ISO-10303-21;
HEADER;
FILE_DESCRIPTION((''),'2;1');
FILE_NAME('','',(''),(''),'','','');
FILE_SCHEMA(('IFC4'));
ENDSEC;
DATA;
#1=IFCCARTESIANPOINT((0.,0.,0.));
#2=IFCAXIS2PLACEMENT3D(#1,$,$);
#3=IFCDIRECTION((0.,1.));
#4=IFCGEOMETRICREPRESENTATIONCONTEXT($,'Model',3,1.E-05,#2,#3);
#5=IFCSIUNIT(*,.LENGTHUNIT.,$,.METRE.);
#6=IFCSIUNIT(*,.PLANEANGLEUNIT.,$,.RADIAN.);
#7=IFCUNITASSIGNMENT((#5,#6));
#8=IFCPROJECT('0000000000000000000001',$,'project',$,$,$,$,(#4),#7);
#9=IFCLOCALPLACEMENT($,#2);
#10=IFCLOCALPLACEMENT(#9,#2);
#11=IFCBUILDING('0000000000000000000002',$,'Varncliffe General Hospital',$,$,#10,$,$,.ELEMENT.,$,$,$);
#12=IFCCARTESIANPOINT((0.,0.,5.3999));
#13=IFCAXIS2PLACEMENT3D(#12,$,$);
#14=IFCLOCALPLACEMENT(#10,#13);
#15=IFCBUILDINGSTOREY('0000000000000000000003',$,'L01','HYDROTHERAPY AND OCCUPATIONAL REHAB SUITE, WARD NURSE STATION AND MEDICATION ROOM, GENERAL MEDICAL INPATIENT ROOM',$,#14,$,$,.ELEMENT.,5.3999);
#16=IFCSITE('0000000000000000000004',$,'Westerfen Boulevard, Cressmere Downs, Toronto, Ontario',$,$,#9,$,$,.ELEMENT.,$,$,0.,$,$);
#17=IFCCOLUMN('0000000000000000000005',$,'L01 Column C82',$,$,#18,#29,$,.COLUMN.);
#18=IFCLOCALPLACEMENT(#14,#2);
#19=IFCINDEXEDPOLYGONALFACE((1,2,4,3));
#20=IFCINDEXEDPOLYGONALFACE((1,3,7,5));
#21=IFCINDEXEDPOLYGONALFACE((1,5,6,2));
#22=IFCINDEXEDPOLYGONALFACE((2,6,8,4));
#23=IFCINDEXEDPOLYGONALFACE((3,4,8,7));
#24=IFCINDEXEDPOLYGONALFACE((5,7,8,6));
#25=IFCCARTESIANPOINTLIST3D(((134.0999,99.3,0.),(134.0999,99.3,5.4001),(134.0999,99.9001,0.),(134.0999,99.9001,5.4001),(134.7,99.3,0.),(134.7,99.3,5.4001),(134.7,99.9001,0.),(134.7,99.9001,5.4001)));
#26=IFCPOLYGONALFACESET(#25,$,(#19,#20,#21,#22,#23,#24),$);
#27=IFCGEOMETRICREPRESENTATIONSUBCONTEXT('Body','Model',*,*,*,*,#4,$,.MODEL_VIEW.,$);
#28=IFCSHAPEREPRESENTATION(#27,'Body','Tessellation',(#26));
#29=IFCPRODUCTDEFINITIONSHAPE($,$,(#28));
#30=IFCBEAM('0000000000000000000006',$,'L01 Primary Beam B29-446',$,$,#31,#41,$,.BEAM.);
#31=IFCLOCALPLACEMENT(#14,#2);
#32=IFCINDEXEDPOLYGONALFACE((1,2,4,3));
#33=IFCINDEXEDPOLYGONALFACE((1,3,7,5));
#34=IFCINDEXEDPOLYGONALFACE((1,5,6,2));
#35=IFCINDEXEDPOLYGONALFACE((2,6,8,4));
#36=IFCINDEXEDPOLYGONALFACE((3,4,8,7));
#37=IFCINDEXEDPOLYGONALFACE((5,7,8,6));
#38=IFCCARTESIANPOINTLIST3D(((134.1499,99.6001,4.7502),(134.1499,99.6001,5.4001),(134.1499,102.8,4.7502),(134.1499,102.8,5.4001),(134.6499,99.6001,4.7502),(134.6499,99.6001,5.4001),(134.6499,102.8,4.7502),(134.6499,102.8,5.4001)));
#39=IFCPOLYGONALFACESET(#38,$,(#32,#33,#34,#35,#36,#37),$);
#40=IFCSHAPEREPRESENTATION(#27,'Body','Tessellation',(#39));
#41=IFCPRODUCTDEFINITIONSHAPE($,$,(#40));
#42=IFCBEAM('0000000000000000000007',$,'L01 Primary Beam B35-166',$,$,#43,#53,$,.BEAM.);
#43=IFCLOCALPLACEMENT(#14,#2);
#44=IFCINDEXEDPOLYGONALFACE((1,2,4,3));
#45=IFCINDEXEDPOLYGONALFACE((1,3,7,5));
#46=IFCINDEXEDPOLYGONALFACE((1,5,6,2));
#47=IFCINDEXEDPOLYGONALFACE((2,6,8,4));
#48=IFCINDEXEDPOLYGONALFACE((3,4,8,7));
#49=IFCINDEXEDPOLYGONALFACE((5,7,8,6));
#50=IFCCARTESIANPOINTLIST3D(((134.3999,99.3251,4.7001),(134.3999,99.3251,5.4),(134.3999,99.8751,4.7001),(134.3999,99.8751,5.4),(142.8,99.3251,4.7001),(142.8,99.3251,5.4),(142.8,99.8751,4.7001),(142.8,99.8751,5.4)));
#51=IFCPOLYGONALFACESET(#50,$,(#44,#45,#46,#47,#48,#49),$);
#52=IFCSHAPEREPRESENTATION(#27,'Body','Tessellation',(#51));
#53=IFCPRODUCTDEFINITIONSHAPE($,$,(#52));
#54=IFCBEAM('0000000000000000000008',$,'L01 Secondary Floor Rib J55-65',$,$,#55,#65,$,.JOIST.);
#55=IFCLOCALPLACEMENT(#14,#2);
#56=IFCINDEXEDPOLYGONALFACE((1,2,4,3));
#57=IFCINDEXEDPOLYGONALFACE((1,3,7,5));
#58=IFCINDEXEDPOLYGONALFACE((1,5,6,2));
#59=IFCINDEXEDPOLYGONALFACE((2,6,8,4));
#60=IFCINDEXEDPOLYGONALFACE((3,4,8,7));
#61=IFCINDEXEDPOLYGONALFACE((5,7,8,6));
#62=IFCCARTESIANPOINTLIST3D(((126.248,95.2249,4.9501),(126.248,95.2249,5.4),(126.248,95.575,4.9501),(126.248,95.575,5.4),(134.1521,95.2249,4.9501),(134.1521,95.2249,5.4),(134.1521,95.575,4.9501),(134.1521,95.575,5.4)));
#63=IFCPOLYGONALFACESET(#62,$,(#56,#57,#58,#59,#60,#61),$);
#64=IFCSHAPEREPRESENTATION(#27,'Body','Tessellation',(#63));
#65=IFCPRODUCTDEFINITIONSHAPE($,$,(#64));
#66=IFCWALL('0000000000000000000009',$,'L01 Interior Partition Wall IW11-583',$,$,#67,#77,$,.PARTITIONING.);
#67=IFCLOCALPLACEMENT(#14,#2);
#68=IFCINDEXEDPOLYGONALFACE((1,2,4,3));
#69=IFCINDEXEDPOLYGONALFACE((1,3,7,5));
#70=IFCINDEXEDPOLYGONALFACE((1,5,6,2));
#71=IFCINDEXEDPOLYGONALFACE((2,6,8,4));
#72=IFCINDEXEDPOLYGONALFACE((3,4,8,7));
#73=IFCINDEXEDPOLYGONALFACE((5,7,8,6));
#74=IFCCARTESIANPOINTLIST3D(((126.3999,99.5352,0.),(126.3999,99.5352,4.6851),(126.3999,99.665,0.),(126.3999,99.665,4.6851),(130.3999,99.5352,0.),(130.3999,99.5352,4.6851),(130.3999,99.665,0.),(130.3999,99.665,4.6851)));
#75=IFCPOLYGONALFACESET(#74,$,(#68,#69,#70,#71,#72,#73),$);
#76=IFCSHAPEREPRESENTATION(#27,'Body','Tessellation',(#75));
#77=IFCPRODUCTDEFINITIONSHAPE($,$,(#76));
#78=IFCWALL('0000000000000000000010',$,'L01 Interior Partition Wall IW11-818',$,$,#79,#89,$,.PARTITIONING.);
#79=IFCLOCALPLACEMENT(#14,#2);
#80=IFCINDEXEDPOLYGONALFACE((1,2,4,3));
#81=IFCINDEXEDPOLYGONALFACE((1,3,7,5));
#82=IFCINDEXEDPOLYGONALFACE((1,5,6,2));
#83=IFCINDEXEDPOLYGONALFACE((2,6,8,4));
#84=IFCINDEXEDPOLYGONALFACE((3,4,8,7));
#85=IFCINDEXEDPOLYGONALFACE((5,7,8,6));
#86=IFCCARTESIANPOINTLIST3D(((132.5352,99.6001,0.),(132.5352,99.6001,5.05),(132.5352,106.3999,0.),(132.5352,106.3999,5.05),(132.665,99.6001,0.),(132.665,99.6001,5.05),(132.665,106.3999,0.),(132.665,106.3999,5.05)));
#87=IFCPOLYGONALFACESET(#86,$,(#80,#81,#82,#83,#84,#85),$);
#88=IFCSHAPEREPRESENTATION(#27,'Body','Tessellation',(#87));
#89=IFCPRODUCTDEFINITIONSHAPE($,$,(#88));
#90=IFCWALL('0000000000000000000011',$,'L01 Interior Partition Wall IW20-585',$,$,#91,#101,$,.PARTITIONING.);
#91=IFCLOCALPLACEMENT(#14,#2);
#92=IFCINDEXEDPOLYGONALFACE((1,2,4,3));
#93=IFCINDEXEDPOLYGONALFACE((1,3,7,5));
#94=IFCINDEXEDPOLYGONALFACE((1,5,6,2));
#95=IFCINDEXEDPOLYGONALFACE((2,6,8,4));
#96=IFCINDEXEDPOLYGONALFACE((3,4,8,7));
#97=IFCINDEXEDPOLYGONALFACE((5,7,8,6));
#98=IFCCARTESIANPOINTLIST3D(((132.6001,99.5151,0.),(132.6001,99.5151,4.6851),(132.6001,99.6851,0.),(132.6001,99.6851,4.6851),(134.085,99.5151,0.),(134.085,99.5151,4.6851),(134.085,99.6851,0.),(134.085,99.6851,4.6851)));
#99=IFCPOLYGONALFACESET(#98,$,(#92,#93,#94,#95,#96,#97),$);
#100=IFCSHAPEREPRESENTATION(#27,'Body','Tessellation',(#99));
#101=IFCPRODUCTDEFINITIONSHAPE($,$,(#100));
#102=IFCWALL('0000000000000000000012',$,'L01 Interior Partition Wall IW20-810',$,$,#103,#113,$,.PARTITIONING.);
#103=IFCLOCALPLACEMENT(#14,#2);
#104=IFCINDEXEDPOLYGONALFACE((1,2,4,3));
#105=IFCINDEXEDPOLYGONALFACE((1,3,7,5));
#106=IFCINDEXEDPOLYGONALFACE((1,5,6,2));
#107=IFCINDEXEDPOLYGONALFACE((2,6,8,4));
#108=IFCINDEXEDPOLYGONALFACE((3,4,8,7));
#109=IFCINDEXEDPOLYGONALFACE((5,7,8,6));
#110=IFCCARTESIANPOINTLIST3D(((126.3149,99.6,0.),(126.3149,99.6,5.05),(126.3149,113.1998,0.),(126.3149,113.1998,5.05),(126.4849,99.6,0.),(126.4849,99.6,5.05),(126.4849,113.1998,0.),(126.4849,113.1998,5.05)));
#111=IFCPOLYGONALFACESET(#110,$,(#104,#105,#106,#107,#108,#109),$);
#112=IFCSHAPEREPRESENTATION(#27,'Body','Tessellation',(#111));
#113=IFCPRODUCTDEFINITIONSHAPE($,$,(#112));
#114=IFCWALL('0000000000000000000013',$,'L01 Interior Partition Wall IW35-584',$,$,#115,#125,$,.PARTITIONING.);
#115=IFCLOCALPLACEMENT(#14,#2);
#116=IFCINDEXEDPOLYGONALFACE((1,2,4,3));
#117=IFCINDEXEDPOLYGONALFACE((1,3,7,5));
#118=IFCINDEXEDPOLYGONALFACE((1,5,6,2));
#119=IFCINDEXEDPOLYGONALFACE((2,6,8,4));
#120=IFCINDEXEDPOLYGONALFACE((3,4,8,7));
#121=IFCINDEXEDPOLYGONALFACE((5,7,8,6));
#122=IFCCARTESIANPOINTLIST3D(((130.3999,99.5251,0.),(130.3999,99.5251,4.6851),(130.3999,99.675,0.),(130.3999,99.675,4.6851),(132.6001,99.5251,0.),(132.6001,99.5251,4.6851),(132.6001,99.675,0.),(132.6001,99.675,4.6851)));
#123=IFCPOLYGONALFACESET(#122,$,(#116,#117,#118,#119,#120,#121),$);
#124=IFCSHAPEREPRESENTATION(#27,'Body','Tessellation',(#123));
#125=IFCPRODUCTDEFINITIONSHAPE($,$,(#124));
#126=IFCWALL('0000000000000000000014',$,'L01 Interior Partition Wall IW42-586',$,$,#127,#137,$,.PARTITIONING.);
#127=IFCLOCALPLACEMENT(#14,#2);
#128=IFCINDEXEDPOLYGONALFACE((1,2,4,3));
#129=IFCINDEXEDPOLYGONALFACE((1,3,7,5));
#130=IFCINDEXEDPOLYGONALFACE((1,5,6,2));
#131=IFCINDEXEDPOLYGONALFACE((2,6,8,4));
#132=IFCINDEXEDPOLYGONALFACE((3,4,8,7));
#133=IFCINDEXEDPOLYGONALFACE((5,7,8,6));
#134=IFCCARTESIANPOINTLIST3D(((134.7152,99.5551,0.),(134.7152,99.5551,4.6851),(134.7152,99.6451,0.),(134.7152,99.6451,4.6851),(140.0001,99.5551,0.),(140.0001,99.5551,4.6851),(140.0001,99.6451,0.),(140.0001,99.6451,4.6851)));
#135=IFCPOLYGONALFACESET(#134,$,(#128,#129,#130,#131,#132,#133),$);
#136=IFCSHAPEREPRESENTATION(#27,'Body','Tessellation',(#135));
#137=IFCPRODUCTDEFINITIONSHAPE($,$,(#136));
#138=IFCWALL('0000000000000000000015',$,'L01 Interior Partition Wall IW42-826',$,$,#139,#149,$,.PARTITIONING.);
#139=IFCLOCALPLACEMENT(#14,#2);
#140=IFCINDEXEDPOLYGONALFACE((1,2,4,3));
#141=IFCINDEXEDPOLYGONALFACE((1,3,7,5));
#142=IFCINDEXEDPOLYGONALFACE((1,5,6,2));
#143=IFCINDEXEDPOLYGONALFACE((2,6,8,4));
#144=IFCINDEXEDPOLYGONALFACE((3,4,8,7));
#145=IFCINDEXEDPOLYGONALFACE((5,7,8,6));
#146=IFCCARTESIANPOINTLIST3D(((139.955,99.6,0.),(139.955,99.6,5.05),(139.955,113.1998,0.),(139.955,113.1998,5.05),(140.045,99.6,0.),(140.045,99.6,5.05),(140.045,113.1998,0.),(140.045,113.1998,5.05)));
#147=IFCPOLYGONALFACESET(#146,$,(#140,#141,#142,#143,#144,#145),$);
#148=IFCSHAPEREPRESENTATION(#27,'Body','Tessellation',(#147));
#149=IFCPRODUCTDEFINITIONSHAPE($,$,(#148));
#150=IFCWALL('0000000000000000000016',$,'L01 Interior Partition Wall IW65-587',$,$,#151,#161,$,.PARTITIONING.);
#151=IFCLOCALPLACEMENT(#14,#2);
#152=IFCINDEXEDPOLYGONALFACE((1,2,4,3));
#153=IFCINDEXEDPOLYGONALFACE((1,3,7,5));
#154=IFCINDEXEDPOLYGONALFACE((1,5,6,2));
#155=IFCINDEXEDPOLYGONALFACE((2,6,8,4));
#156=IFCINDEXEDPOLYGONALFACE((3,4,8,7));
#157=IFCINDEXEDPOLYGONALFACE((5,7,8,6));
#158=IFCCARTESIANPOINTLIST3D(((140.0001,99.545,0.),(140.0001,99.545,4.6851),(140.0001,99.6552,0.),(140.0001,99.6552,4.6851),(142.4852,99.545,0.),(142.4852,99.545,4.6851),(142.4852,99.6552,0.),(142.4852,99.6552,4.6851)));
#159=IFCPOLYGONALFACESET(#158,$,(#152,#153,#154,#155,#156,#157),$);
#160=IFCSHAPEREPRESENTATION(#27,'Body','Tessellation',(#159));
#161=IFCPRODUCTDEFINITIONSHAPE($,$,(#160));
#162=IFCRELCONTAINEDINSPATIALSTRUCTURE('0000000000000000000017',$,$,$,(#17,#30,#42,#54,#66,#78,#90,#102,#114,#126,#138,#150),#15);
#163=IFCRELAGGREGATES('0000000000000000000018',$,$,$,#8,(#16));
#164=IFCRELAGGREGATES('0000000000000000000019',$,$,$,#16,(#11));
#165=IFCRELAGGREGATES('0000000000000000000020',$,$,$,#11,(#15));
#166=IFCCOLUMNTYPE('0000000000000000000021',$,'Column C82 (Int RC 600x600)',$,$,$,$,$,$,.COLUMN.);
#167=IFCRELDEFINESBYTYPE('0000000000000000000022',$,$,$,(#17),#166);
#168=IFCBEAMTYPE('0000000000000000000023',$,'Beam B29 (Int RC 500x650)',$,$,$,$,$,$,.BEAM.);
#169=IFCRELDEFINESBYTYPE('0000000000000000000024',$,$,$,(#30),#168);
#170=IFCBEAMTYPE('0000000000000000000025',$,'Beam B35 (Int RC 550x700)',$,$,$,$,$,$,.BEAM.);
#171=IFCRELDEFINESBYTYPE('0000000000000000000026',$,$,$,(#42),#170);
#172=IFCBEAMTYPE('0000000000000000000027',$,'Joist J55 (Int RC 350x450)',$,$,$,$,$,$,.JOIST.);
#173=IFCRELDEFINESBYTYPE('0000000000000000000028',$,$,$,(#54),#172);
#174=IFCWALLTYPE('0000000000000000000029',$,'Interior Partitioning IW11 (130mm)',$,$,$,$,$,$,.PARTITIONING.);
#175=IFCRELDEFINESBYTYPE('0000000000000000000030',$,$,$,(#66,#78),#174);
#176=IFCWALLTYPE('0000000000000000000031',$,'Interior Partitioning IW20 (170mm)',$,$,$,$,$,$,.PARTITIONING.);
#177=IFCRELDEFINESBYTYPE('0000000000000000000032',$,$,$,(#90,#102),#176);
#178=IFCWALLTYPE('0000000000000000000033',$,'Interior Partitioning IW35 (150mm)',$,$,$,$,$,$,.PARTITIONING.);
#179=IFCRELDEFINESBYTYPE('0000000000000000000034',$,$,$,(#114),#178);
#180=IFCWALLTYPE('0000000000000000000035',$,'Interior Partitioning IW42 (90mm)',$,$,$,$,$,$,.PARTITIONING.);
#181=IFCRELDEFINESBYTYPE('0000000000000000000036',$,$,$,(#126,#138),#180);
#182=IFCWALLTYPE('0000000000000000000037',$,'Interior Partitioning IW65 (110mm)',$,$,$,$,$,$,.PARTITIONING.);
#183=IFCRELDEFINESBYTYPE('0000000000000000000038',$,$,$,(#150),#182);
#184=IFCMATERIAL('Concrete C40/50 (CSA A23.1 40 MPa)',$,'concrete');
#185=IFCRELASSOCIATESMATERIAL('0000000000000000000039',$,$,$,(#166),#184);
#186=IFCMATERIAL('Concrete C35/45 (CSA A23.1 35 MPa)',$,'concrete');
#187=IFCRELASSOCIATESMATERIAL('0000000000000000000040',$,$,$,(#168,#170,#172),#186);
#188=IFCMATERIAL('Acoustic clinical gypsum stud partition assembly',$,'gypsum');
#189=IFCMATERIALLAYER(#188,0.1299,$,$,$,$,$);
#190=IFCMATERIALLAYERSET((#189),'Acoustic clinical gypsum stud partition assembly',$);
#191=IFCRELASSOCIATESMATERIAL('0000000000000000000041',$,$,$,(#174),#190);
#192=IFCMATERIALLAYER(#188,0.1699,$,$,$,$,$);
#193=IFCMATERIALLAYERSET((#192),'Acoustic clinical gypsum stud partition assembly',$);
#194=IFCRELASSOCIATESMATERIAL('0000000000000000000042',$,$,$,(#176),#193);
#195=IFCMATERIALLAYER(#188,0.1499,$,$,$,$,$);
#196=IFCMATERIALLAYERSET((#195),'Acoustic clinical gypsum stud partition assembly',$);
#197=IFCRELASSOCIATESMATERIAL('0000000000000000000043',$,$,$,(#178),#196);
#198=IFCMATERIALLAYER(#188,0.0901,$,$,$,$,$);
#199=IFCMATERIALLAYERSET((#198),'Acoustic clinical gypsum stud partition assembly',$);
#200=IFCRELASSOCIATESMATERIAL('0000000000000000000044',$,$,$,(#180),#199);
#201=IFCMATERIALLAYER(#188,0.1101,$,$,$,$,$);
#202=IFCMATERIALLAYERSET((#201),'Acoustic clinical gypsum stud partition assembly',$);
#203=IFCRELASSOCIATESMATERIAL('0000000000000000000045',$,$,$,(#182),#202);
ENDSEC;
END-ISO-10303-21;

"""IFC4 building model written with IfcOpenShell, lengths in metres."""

from ifc_helpers import new_model, si_unit, direction, frame, frame_2d, origin, origin_2d, place, context, subcontext, project, spatial, rectangle, extrude, material, layer, layer_set, material_profile, profile_set, type_object, element, save


model = new_model("IFC4")

# Units and contexts
model_context = context("Model", 3, precision=1e-05, world=origin(), true_north=direction((0.0, 1.0)))
body_context = subcontext(model_context, "Body", "Model", "MODEL_VIEW")
ifc_project = project(units=[si_unit("LENGTHUNIT", "METRE"), si_unit("PLANEANGLEUNIT", "RADIAN")], contexts=[model_context])

# Site, building, storey
site_placement = place(None, origin())
site = spatial("IfcSite", under=ifc_project, at=site_placement, Name="Westerfen Boulevard, Cressmere Downs, Toronto, Ontario", CompositionType="ELEMENT", RefElevation=0.0)
building_placement = place(site_placement, origin())
building = spatial("IfcBuilding", under=site, at=building_placement, Name="Varncliffe General Hospital", CompositionType="ELEMENT")
storey_placement = place(building_placement, frame((0.0, 0.0, 5.3999)))
storey = spatial("IfcBuildingStorey", under=building, at=storey_placement, Name="L01", Description="HYDROTHERAPY AND OCCUPATIONAL REHAB SUITE, WARD NURSE STATION AND MEDICATION ROOM, GENERAL MEDICAL INPATIENT ROOM", CompositionType="ELEMENT", Elevation=5.3999)

# Column
ifc_material_1 = material(Name="Concrete C40/50 (CSA A23.1 40 MPa)", Category="concrete")
ifc_material_profile_1 = material_profile(ifc_material_1, rectangle(XDim=0.6001, YDim=0.6001, at=origin_2d()), Name="RC 600x600")
ifc_profile_set_1 = profile_set([ifc_material_profile_1], Name="Concrete C40/50 (CSA A23.1 40 MPa)")
column_type = type_object("IfcColumnType", Name="Column C82 (Int RC 600x600)", PredefinedType="COLUMN", material=ifc_profile_set_1)
column_placement = place(storey_placement, frame((134.3999, 99.6001, 0.0), z_axis=(0.0, 0.0, 1.0), x_axis=(1.0, 0.0, 0.0)))
element("IfcColumn", 1, at=column_placement, inside=storey, type_object=column_type, Name="L01 Column C82", PredefinedType="COLUMN", context=body_context, shape_type="SweptSolid", body=[
    extrude(rectangle(XDim=0.6001, YDim=0.6001, at=origin_2d()), origin(), (0.0, 0.0, 1.0), 5.4001),
])

# Beams
ifc_material_2 = material(Name="Concrete C35/45 (CSA A23.1 35 MPa)", Category="concrete")
ifc_material_profile_2 = material_profile(ifc_material_2, rectangle(XDim=0.5, YDim=0.6499, at=origin_2d()), Name="RC 500x650")
ifc_profile_set_2 = profile_set([ifc_material_profile_2], Name="Concrete C35/45 (CSA A23.1 35 MPa)")
beam_type_1 = type_object("IfcBeamType", Name="Beam B29 (Int RC 500x650)", PredefinedType="BEAM", material=ifc_profile_set_2)
beam_1_placement = place(storey_placement, frame((134.3999, 99.6001, 5.0752), z_axis=(0.0, 1.0, 0.0), x_axis=(-1.0, 0.0, 0.0)))
element("IfcBeam", 2, at=beam_1_placement, inside=storey, type_object=beam_type_1, Name="L01 Primary Beam B29-446", PredefinedType="BEAM", context=body_context, shape_type="SweptSolid", body=[
    extrude(rectangle(XDim=0.5, YDim=0.6499, at=origin_2d()), origin(), (0.0, 0.0, 1.0), 3.2),
])
ifc_material_profile_3 = material_profile(ifc_material_2, rectangle(XDim=0.55, YDim=0.7, at=origin_2d()), Name="RC 550x700")
ifc_profile_set_3 = profile_set([ifc_material_profile_3], Name="Concrete C35/45 (CSA A23.1 35 MPa)")
beam_type_2 = type_object("IfcBeamType", Name="Beam B35 (Int RC 550x700)", PredefinedType="BEAM", material=ifc_profile_set_3)
beam_2_placement = place(storey_placement, frame((134.3999, 99.6001, 5.05), z_axis=(1.0, 0.0, 0.0), x_axis=(0.0, 1.0, 0.0)))
element("IfcBeam", 3, at=beam_2_placement, inside=storey, type_object=beam_type_2, Name="L01 Primary Beam B35-166", PredefinedType="BEAM", context=body_context, shape_type="SweptSolid", body=[
    extrude(rectangle(XDim=0.55, YDim=0.7, at=origin_2d()), origin(), (0.0, 0.0, 1.0), 8.4001),
])
ifc_material_profile_4 = material_profile(ifc_material_2, rectangle(XDim=0.3501, YDim=0.45, at=origin_2d()), Name="RC 350x450")
ifc_profile_set_4 = profile_set([ifc_material_profile_4], Name="Concrete C35/45 (CSA A23.1 35 MPa)")
beam_type_3 = type_object("IfcBeamType", Name="Joist J55 (Int RC 350x450)", PredefinedType="JOIST", material=ifc_profile_set_4)
beam_3_placement = place(storey_placement, frame((126.248, 95.3999, 5.175), z_axis=(1.0, 0.0, 0.0), x_axis=(0.0, 1.0, 0.0)))
element("IfcBeam", 4, at=beam_3_placement, inside=storey, type_object=beam_type_3, Name="L01 Secondary Floor Rib J55-65", PredefinedType="JOIST", context=body_context, shape_type="SweptSolid", body=[
    extrude(rectangle(XDim=0.3501, YDim=0.45, at=origin_2d()), origin(), (0.0, 0.0, 1.0), 7.9041),
])

# Walls
ifc_material_3 = material(Name="Acoustic clinical gypsum stud partition assembly", Category="gypsum")
ifc_layer_1 = layer(ifc_material_3, 0.1299)
ifc_layer_set_1 = layer_set([ifc_layer_1], Name="Acoustic clinical gypsum stud partition assembly")
wall_type_1 = type_object("IfcWallType", Name="Interior Partitioning IW11 (130mm)", PredefinedType="PARTITIONING", material=ifc_layer_set_1)
wall_1_placement = place(storey_placement, frame((126.3999, 99.6001, 0.0), z_axis=(0.0, 0.0, 1.0), x_axis=(1.0, 0.0, 0.0)))
element("IfcWall", 5, at=wall_1_placement, inside=storey, type_object=wall_type_1, Name="L01 Interior Partition Wall IW11-583", PredefinedType="PARTITIONING", context=body_context, shape_type="SweptSolid", body=[
    extrude(rectangle(XDim=4.0, YDim=0.1299, at=frame_2d((2.0, 0.0))), origin(), (0.0, 0.0, 1.0), 4.6851),
])
wall_2_placement = place(storey_placement, frame((132.6001, 99.6001, 0.0), z_axis=(0.0, 0.0, 1.0), x_axis=(0.0, 1.0, 0.0)))
element("IfcWall", 6, at=wall_2_placement, inside=storey, type_object=wall_type_1, Name="L01 Interior Partition Wall IW11-818", PredefinedType="PARTITIONING", context=body_context, shape_type="SweptSolid", body=[
    extrude(rectangle(XDim=6.7998, YDim=0.1299, at=frame_2d((3.3999, 0.0))), origin(), (0.0, 0.0, 1.0), 5.05),
])
ifc_layer_2 = layer(ifc_material_3, 0.1699)
ifc_layer_set_2 = layer_set([ifc_layer_2], Name="Acoustic clinical gypsum stud partition assembly")
wall_type_2 = type_object("IfcWallType", Name="Interior Partitioning IW20 (170mm)", PredefinedType="PARTITIONING", material=ifc_layer_set_2)
wall_3_placement = place(storey_placement, frame((132.6001, 99.6001, 0.0), z_axis=(0.0, 0.0, 1.0), x_axis=(1.0, 0.0, 0.0)))
element("IfcWall", 7, at=wall_3_placement, inside=storey, type_object=wall_type_2, Name="L01 Interior Partition Wall IW20-585", PredefinedType="PARTITIONING", context=body_context, shape_type="SweptSolid", body=[
    extrude(rectangle(XDim=1.4849, YDim=0.1699, at=frame_2d((0.7424, 0.0))), origin(), (0.0, 0.0, 1.0), 4.6851),
])
wall_4_placement = place(storey_placement, frame((126.3999, 99.6001, 0.0), z_axis=(0.0, 0.0, 1.0), x_axis=(0.0, 1.0, 0.0)))
element("IfcWall", 8, at=wall_4_placement, inside=storey, type_object=wall_type_2, Name="L01 Interior Partition Wall IW20-810", PredefinedType="PARTITIONING", context=body_context, shape_type="SweptSolid", body=[
    extrude(rectangle(XDim=13.5999, YDim=0.1699, at=frame_2d((6.7998, 0.0))), origin(), (0.0, 0.0, 1.0), 5.05),
])
ifc_layer_3 = layer(ifc_material_3, 0.1499)
ifc_layer_set_3 = layer_set([ifc_layer_3], Name="Acoustic clinical gypsum stud partition assembly")
wall_type_3 = type_object("IfcWallType", Name="Interior Partitioning IW35 (150mm)", PredefinedType="PARTITIONING", material=ifc_layer_set_3)
wall_5_placement = place(storey_placement, frame((130.3999, 99.6001, 0.0), z_axis=(0.0, 0.0, 1.0), x_axis=(1.0, 0.0, 0.0)))
element("IfcWall", 9, at=wall_5_placement, inside=storey, type_object=wall_type_3, Name="L01 Interior Partition Wall IW35-584", PredefinedType="PARTITIONING", context=body_context, shape_type="SweptSolid", body=[
    extrude(rectangle(XDim=2.2002, YDim=0.1499, at=frame_2d((1.1001, 0.0))), origin(), (0.0, 0.0, 1.0), 4.6851),
])
ifc_layer_4 = layer(ifc_material_3, 0.0901)
ifc_layer_set_4 = layer_set([ifc_layer_4], Name="Acoustic clinical gypsum stud partition assembly")
wall_type_4 = type_object("IfcWallType", Name="Interior Partitioning IW42 (90mm)", PredefinedType="PARTITIONING", material=ifc_layer_set_4)
wall_6_placement = place(storey_placement, frame((134.7151, 99.6001, 0.0), z_axis=(0.0, 0.0, 1.0), x_axis=(1.0, 0.0, 0.0)))
element("IfcWall", 10, at=wall_6_placement, inside=storey, type_object=wall_type_4, Name="L01 Interior Partition Wall IW42-586", PredefinedType="PARTITIONING", context=body_context, shape_type="SweptSolid", body=[
    extrude(rectangle(XDim=5.2849, YDim=0.0901, at=frame_2d((2.6426, 0.0))), origin(), (0.0, 0.0, 1.0), 4.6851),
])
wall_7_placement = place(storey_placement, frame((140.0, 99.6001, 0.0), z_axis=(0.0, 0.0, 1.0), x_axis=(0.0, 1.0, 0.0)))
element("IfcWall", 11, at=wall_7_placement, inside=storey, type_object=wall_type_4, Name="L01 Interior Partition Wall IW42-826", PredefinedType="PARTITIONING", context=body_context, shape_type="SweptSolid", body=[
    extrude(rectangle(XDim=13.5999, YDim=0.0901, at=frame_2d((6.7998, 0.0))), origin(), (0.0, 0.0, 1.0), 5.05),
])
ifc_layer_5 = layer(ifc_material_3, 0.1101)
ifc_layer_set_5 = layer_set([ifc_layer_5], Name="Acoustic clinical gypsum stud partition assembly")
wall_type_5 = type_object("IfcWallType", Name="Interior Partitioning IW65 (110mm)", PredefinedType="PARTITIONING", material=ifc_layer_set_5)
wall_8_placement = place(storey_placement, frame((140.0, 99.6001, 0.0), z_axis=(0.0, 0.0, 1.0), x_axis=(1.0, 0.0, 0.0)))
element("IfcWall", 12, at=wall_8_placement, inside=storey, type_object=wall_type_5, Name="L01 Interior Partition Wall IW65-587", PredefinedType="PARTITIONING", context=body_context, shape_type="SweptSolid", body=[
    extrude(rectangle(XDim=2.4851, YDim=0.1101, at=frame_2d((1.2427, 0.0))), origin(), (0.0, 0.0, 1.0), 4.6851),
])

save(model, "model.ifc")
